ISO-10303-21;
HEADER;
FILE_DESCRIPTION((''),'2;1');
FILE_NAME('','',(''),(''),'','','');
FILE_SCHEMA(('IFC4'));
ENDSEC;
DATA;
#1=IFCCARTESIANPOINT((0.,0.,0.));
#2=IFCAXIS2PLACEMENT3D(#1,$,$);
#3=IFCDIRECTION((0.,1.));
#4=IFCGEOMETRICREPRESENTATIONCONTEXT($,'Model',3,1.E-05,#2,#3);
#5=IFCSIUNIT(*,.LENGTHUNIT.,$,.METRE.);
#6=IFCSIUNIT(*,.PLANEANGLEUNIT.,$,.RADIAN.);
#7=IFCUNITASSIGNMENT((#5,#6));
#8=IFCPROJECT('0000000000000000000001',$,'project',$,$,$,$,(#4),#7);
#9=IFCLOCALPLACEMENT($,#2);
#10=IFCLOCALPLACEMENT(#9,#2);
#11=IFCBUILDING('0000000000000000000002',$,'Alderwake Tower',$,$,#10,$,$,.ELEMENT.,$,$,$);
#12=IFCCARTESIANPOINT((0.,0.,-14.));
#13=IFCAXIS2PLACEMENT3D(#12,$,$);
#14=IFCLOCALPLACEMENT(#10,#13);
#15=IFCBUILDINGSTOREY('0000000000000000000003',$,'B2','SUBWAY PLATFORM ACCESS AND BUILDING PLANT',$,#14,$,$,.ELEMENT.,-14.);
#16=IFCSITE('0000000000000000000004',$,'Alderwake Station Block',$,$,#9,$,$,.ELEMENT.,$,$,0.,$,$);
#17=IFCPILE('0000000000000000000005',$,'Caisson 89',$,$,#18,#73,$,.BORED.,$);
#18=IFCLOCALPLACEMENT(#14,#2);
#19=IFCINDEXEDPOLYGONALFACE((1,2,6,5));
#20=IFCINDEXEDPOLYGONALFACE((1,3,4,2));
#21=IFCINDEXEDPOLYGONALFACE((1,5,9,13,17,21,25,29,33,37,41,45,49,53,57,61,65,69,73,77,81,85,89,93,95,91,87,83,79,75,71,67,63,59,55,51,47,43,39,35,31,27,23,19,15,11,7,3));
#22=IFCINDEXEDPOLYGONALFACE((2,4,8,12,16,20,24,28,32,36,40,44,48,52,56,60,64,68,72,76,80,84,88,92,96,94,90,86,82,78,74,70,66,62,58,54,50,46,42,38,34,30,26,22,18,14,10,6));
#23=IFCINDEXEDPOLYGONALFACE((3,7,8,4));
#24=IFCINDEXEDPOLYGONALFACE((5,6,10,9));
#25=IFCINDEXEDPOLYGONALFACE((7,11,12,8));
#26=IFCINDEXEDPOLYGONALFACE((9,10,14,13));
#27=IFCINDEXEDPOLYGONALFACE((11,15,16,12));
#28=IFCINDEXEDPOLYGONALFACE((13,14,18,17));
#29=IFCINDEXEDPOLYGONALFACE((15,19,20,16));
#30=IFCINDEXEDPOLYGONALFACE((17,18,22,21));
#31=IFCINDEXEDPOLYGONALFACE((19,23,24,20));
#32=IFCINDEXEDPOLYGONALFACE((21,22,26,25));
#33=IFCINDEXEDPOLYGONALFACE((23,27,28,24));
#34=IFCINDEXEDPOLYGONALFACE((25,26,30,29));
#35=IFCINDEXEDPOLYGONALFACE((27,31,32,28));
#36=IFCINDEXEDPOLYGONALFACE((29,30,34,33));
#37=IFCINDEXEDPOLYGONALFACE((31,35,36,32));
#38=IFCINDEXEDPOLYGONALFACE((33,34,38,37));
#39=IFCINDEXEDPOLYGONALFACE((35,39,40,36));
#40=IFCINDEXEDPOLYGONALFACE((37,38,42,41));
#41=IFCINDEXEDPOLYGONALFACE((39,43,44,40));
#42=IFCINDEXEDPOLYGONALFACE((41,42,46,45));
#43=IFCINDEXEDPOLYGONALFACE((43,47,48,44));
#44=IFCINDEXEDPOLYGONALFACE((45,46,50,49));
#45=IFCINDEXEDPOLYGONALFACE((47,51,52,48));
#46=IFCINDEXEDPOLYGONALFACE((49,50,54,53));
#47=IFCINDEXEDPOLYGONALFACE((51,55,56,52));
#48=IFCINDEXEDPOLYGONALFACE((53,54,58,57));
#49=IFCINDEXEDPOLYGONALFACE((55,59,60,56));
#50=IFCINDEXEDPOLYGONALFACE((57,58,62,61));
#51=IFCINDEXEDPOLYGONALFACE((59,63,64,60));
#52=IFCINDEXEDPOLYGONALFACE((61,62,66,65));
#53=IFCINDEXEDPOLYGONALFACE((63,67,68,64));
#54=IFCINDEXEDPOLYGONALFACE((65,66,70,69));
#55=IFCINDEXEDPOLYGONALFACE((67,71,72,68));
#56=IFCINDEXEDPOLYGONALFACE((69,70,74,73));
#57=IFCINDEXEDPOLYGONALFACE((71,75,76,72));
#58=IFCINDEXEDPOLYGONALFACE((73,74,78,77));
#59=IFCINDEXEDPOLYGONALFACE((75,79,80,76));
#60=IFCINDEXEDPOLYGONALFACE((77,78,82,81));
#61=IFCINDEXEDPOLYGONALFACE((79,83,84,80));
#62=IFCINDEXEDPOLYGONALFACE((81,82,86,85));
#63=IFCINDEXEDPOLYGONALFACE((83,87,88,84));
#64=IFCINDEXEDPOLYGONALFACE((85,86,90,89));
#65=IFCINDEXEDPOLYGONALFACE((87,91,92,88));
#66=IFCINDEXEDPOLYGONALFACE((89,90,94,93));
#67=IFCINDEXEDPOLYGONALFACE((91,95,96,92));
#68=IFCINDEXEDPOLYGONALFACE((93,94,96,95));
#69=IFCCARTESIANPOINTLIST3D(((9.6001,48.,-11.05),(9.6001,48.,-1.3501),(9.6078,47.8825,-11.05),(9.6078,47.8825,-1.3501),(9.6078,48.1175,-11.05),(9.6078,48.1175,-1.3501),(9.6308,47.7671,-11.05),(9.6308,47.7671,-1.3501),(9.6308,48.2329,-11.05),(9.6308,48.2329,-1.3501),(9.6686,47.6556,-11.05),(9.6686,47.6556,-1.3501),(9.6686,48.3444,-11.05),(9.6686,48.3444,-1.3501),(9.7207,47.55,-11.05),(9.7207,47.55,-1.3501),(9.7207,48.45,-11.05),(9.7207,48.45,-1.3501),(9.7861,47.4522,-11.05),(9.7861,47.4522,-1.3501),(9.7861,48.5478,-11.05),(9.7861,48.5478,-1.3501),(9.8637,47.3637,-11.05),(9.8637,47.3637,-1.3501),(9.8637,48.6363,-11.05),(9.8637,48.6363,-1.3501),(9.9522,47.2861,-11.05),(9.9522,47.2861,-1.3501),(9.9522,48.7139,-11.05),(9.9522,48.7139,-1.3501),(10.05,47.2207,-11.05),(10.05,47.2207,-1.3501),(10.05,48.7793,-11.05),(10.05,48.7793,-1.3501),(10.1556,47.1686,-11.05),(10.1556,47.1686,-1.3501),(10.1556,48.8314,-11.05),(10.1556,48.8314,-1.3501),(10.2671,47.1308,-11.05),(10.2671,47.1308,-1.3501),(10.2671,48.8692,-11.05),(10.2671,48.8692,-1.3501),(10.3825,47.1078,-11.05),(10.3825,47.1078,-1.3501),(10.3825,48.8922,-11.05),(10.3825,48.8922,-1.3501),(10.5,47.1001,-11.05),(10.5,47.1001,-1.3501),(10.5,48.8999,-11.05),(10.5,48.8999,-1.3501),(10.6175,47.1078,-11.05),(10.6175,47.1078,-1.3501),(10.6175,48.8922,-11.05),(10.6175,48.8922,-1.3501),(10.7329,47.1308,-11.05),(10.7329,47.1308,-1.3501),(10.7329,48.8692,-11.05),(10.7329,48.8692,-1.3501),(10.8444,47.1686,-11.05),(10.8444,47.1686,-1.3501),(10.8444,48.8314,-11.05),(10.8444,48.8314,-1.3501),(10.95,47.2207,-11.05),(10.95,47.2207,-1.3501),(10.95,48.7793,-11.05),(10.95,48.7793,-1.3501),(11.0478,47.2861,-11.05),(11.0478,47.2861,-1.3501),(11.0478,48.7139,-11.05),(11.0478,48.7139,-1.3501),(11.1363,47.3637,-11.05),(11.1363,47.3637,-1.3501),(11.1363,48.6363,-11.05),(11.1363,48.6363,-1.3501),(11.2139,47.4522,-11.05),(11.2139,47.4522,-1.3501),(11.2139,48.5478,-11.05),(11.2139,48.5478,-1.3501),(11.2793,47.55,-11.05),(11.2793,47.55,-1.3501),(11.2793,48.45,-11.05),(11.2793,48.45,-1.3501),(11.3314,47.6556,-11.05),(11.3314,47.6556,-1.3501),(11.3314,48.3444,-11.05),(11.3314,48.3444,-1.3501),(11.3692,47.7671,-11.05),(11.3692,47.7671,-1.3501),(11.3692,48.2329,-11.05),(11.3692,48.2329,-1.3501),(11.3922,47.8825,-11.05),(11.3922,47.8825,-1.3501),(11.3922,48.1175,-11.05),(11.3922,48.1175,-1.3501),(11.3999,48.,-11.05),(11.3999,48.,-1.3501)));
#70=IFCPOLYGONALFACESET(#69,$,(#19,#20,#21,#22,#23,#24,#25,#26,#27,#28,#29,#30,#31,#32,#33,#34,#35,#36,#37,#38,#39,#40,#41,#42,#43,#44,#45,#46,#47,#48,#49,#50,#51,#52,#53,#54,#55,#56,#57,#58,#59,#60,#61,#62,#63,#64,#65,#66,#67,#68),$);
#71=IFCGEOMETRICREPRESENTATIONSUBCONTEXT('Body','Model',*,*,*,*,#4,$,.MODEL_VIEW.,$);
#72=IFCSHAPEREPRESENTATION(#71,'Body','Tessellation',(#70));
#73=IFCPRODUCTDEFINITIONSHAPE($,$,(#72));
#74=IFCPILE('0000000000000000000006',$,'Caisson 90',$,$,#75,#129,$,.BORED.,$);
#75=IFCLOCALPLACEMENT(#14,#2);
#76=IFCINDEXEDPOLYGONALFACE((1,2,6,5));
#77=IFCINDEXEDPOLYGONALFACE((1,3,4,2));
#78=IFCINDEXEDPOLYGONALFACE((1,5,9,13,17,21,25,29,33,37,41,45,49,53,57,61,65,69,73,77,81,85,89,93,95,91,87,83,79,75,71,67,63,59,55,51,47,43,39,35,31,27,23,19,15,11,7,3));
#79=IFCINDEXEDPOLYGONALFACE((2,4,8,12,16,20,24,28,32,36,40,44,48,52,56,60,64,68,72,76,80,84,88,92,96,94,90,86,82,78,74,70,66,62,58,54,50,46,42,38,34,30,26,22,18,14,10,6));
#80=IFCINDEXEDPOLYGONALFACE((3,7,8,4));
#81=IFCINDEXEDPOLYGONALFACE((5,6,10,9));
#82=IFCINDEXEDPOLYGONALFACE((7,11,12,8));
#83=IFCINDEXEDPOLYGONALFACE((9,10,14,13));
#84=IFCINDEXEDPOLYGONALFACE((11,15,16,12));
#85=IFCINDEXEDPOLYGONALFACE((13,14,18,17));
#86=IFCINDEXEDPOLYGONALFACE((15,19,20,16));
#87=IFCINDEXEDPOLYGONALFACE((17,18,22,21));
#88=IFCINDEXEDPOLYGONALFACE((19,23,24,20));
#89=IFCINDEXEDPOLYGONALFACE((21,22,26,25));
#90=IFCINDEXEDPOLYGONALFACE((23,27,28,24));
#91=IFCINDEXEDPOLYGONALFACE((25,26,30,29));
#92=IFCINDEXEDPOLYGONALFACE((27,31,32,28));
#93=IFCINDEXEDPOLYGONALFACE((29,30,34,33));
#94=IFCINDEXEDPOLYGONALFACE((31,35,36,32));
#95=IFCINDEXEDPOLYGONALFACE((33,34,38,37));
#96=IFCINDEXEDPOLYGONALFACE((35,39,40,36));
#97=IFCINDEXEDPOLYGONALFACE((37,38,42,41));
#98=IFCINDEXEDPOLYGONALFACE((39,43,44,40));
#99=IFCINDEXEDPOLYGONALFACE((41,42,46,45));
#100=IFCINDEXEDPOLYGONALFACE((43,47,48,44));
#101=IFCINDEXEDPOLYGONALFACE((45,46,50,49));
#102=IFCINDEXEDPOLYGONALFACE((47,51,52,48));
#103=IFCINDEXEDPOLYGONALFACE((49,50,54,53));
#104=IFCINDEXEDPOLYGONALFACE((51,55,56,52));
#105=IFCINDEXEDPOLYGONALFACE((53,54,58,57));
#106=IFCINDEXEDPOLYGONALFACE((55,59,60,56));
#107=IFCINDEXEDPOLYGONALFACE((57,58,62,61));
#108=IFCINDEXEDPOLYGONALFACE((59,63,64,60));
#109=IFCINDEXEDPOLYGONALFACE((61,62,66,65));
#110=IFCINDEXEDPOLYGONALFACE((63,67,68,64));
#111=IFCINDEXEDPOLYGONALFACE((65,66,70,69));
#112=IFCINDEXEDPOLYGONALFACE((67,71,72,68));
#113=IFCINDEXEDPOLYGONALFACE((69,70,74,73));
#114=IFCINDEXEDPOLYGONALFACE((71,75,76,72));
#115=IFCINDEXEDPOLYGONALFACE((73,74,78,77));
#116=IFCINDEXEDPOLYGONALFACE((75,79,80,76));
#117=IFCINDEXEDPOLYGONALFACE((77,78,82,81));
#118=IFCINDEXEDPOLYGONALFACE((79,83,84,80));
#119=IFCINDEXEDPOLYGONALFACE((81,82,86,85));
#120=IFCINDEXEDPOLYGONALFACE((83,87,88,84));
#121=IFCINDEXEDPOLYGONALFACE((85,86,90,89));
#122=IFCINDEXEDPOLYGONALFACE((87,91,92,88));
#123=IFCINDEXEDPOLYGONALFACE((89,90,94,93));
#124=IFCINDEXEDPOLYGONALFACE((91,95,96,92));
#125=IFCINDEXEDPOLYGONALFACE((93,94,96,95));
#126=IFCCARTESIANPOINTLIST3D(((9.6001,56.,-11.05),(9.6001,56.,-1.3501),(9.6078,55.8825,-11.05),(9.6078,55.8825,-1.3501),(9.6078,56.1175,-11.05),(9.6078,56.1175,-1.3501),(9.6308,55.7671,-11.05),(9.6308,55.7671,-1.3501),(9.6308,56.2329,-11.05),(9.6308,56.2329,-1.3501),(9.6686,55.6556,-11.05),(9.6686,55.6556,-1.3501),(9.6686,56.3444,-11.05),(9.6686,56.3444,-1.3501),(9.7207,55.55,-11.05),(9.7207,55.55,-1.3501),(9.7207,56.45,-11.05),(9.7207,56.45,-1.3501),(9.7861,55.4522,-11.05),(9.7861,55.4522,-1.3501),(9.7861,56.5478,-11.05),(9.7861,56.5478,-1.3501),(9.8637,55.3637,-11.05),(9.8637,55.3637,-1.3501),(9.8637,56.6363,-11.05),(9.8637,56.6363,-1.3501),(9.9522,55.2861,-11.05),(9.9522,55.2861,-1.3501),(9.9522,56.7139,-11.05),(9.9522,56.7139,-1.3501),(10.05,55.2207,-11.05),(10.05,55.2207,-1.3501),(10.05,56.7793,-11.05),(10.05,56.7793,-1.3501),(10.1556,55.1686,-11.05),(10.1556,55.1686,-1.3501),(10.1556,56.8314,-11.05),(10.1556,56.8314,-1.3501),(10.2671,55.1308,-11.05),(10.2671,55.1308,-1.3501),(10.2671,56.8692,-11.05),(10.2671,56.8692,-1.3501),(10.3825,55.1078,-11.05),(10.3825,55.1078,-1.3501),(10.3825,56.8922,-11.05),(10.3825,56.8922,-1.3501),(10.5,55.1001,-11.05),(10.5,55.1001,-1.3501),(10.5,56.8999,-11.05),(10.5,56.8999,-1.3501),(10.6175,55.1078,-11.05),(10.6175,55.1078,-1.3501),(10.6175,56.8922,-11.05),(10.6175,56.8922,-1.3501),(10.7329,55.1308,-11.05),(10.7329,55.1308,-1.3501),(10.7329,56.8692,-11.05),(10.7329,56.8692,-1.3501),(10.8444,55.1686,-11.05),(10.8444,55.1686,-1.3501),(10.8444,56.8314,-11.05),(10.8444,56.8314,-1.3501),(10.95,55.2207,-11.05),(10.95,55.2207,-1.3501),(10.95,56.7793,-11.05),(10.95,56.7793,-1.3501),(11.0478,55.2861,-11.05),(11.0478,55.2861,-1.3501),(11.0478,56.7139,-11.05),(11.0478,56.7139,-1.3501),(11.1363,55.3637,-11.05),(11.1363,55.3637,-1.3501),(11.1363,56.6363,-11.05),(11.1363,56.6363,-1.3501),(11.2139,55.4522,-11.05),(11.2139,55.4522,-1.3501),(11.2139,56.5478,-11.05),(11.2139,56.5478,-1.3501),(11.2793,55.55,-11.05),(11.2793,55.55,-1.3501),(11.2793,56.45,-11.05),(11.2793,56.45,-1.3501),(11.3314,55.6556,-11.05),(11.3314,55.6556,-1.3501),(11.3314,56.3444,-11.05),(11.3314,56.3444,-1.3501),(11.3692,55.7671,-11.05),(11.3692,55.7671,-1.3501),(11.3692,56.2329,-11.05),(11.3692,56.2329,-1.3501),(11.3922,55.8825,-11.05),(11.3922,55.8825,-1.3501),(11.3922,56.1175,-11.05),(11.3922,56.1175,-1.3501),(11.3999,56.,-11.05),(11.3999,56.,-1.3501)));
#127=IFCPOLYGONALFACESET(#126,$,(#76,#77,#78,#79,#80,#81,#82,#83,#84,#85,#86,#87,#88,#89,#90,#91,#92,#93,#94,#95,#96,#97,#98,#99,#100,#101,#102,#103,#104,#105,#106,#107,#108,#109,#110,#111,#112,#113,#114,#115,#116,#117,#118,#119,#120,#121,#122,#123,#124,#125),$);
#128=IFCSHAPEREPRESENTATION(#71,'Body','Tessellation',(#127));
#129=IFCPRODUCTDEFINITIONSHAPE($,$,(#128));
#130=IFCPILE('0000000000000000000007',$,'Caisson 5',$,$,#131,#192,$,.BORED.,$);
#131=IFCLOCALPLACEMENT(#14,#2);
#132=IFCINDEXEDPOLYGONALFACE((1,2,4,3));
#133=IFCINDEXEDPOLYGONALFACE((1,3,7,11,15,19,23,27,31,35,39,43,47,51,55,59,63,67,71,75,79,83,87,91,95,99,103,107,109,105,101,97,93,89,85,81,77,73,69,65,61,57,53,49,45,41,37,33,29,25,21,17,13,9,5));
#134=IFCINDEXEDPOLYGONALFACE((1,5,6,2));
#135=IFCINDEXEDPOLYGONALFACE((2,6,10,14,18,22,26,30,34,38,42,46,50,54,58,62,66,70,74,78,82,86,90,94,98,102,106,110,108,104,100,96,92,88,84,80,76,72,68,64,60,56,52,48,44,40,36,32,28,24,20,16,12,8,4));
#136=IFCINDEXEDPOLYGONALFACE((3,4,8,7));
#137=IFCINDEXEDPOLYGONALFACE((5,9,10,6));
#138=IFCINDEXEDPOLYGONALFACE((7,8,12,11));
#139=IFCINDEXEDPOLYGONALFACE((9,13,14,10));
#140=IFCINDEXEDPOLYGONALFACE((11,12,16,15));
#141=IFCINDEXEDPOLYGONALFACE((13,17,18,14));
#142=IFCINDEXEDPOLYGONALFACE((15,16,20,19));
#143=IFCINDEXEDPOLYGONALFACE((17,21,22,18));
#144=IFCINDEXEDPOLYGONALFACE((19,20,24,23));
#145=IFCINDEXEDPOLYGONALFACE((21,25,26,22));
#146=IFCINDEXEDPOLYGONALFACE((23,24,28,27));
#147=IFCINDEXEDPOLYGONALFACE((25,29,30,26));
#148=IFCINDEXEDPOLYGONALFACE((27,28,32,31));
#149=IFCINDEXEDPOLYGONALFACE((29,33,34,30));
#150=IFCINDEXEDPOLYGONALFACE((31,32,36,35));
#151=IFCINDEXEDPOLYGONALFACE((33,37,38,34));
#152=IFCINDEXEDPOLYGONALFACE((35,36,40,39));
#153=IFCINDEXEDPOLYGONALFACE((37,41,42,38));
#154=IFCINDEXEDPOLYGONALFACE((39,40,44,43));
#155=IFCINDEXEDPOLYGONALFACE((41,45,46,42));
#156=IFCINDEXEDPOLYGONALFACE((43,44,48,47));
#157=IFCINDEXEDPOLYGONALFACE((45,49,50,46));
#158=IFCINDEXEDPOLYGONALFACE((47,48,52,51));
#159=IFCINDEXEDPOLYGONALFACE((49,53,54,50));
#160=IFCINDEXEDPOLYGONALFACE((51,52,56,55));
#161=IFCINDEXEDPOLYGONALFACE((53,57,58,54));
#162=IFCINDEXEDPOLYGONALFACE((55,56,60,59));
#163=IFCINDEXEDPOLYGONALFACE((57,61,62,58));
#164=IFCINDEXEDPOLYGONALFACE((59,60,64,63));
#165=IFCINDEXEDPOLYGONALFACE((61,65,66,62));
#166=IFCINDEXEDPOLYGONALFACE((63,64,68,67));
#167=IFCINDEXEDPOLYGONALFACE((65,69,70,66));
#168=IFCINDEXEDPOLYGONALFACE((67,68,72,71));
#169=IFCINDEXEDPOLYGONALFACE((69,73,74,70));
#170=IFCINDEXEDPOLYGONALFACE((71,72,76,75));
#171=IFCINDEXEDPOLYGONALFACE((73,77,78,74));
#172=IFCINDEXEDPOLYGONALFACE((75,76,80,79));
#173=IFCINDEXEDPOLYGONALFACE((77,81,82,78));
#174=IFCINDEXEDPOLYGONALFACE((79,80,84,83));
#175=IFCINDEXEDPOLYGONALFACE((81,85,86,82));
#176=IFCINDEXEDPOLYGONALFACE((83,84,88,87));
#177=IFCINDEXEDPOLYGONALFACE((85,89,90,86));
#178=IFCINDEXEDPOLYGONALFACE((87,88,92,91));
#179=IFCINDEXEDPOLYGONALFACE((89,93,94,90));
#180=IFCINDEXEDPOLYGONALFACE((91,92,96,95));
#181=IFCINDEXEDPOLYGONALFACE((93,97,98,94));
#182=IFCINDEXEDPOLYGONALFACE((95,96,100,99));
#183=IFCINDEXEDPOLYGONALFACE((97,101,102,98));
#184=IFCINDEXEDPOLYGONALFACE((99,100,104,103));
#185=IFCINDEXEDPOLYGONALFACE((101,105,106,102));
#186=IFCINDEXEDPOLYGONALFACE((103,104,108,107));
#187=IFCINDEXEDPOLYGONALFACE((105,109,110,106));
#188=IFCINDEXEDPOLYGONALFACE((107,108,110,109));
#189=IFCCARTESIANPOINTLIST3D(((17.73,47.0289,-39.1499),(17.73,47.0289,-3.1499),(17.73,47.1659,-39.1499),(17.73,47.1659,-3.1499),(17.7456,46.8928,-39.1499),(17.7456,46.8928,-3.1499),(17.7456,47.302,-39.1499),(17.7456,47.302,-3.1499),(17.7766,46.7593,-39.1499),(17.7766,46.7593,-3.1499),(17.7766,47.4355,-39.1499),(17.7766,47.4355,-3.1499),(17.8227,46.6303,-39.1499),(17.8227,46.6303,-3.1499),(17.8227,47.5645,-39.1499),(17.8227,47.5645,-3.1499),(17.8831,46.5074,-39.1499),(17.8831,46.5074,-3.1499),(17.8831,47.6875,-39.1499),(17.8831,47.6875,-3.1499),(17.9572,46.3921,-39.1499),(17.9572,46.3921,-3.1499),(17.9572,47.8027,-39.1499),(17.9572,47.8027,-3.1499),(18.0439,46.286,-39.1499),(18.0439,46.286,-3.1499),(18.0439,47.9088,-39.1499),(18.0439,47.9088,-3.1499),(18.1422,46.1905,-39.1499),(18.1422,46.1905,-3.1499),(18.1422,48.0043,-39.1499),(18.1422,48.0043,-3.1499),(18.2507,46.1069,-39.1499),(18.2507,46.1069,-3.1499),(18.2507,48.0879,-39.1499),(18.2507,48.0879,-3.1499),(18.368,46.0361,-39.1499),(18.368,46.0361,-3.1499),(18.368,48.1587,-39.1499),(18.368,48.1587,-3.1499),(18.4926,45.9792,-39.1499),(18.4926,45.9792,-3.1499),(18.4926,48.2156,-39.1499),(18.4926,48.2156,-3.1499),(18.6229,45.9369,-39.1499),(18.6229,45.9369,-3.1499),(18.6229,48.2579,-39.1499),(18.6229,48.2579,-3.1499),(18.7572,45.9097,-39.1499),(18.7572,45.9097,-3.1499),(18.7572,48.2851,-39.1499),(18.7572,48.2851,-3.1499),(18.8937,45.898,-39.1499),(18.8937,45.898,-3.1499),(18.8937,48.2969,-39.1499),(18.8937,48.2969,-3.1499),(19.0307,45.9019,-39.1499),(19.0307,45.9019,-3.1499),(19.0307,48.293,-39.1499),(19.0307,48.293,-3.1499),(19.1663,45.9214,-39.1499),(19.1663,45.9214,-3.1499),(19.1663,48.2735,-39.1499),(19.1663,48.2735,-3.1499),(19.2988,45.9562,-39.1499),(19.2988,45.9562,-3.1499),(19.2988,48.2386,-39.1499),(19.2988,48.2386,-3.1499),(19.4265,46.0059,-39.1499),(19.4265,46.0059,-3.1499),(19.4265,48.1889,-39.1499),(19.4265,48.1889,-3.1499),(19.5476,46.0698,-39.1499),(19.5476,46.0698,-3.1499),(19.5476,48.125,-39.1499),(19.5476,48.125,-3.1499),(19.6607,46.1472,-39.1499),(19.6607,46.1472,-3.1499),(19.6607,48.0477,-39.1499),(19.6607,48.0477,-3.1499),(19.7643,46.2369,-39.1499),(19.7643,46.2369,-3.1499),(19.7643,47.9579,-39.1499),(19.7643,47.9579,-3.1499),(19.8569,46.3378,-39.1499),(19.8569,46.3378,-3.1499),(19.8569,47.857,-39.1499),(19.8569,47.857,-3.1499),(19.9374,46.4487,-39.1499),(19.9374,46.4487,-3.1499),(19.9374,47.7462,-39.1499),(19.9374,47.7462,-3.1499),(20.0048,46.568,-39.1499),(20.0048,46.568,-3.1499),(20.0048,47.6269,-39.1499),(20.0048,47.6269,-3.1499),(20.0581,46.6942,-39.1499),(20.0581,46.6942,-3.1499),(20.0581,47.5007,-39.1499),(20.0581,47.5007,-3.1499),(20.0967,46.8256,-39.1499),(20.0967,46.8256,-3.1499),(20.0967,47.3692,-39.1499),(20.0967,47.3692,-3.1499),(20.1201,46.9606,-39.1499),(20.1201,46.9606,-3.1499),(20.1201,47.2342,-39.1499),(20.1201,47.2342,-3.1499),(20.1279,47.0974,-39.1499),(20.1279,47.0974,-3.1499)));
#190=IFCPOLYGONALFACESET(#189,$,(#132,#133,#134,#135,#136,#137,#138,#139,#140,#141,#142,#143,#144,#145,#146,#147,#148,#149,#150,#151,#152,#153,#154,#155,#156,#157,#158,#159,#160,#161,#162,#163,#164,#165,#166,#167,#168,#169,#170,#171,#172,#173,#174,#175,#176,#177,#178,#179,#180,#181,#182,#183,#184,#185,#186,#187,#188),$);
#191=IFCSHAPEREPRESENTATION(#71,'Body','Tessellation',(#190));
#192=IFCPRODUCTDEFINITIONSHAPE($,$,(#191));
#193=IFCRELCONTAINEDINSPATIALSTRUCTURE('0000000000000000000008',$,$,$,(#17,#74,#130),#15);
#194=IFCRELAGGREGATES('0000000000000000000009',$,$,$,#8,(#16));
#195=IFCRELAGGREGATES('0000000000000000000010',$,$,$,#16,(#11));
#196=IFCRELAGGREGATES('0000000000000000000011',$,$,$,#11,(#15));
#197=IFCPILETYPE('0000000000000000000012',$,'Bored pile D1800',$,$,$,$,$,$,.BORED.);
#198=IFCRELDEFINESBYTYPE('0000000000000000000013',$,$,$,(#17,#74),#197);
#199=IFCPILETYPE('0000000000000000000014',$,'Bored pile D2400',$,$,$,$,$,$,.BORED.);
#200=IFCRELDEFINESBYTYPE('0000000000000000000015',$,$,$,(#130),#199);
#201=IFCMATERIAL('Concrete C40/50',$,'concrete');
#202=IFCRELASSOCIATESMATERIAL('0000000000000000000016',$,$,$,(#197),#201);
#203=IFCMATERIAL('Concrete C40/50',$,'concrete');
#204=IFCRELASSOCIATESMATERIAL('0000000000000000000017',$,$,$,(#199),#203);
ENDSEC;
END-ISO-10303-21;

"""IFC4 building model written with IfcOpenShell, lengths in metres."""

from ifc_helpers import new_model, si_unit, direction, frame, origin, origin_2d, place, context, subcontext, project, spatial, circle, extrude, material, material_profile, profile_set, type_object, element, save


model = new_model("IFC4")

# Units and contexts
model_context = context("Model", 3, precision=1e-05, world=origin(), true_north=direction((0.0, 1.0)))
body_context = subcontext(model_context, "Body", "Model", "MODEL_VIEW")
ifc_project = project(units=[si_unit("LENGTHUNIT", "METRE"), si_unit("PLANEANGLEUNIT", "RADIAN")], contexts=[model_context])

# Site, building, storey
site_placement = place(None, origin())
site = spatial("IfcSite", under=ifc_project, at=site_placement, Name="Alderwake Station Block", CompositionType="ELEMENT", RefElevation=0.0)
building_placement = place(site_placement, origin())
building = spatial("IfcBuilding", under=site, at=building_placement, Name="Alderwake Tower", CompositionType="ELEMENT")
storey_placement = place(building_placement, frame((0.0, 0.0, -14.0)))
storey = spatial("IfcBuildingStorey", under=building, at=storey_placement, Name="B2", Description="SUBWAY PLATFORM ACCESS AND BUILDING PLANT", CompositionType="ELEMENT", Elevation=-14.0)

# Piles
ifc_material_1 = material(Name="Concrete C40/50", Category="concrete")
ifc_material_profile_1 = material_profile(ifc_material_1, circle(Radius=0.8999, at=origin_2d()), Name="PILE 1800")
ifc_profile_set_1 = profile_set([ifc_material_profile_1], Name="Concrete C40/50")
pile_type_1 = type_object("IfcPileType", Name="Bored pile D1800", PredefinedType="BORED", material=ifc_profile_set_1)
for number, where, z_axis, x_axis, name in (
    (1, (10.5, 48.0, -1.3501), (0.0, 0.0, -1.0), (1.0, 0.0, 0.0), "Caisson 89"),
    (2, (10.5, 56.0, -1.3501), (0.0, 0.0, -1.0), (1.0, 0.0, 0.0), "Caisson 90"),
):
    element("IfcPile", number, at=place(storey_placement, frame(where, z_axis=z_axis, x_axis=x_axis)), inside=storey, type_object=pile_type_1, Name=name, PredefinedType="BORED", context=body_context, shape_type="SweptSolid", body=[
        extrude(circle(Radius=0.8999, at=origin_2d()), origin(), (0.0, 0.0, 1.0), 9.7),
    ])
ifc_material_2 = material(Name="Concrete C40/50", Category="concrete")
ifc_material_profile_2 = material_profile(ifc_material_2, circle(Radius=1.2, at=origin_2d()), Name="PILE 2400")
ifc_profile_set_2 = profile_set([ifc_material_profile_2], Name="Concrete C40/50")
pile_type_2 = type_object("IfcPileType", Name="Bored pile D2400", PredefinedType="BORED", material=ifc_profile_set_2)
pile_placement = place(storey_placement, frame((18.928, 47.0974, -3.1499), z_axis=(0.0, 0.0, -1.0), x_axis=(1.0, 0.0, 0.0)))
element("IfcPile", 3, at=pile_placement, inside=storey, type_object=pile_type_2, Name="Caisson 5", PredefinedType="BORED", context=body_context, shape_type="SweptSolid", body=[
    extrude(circle(Radius=1.2, at=origin_2d()), origin(), (0.0, 0.0, 1.0), 36.0),
])

save(model, "model.ifc")
